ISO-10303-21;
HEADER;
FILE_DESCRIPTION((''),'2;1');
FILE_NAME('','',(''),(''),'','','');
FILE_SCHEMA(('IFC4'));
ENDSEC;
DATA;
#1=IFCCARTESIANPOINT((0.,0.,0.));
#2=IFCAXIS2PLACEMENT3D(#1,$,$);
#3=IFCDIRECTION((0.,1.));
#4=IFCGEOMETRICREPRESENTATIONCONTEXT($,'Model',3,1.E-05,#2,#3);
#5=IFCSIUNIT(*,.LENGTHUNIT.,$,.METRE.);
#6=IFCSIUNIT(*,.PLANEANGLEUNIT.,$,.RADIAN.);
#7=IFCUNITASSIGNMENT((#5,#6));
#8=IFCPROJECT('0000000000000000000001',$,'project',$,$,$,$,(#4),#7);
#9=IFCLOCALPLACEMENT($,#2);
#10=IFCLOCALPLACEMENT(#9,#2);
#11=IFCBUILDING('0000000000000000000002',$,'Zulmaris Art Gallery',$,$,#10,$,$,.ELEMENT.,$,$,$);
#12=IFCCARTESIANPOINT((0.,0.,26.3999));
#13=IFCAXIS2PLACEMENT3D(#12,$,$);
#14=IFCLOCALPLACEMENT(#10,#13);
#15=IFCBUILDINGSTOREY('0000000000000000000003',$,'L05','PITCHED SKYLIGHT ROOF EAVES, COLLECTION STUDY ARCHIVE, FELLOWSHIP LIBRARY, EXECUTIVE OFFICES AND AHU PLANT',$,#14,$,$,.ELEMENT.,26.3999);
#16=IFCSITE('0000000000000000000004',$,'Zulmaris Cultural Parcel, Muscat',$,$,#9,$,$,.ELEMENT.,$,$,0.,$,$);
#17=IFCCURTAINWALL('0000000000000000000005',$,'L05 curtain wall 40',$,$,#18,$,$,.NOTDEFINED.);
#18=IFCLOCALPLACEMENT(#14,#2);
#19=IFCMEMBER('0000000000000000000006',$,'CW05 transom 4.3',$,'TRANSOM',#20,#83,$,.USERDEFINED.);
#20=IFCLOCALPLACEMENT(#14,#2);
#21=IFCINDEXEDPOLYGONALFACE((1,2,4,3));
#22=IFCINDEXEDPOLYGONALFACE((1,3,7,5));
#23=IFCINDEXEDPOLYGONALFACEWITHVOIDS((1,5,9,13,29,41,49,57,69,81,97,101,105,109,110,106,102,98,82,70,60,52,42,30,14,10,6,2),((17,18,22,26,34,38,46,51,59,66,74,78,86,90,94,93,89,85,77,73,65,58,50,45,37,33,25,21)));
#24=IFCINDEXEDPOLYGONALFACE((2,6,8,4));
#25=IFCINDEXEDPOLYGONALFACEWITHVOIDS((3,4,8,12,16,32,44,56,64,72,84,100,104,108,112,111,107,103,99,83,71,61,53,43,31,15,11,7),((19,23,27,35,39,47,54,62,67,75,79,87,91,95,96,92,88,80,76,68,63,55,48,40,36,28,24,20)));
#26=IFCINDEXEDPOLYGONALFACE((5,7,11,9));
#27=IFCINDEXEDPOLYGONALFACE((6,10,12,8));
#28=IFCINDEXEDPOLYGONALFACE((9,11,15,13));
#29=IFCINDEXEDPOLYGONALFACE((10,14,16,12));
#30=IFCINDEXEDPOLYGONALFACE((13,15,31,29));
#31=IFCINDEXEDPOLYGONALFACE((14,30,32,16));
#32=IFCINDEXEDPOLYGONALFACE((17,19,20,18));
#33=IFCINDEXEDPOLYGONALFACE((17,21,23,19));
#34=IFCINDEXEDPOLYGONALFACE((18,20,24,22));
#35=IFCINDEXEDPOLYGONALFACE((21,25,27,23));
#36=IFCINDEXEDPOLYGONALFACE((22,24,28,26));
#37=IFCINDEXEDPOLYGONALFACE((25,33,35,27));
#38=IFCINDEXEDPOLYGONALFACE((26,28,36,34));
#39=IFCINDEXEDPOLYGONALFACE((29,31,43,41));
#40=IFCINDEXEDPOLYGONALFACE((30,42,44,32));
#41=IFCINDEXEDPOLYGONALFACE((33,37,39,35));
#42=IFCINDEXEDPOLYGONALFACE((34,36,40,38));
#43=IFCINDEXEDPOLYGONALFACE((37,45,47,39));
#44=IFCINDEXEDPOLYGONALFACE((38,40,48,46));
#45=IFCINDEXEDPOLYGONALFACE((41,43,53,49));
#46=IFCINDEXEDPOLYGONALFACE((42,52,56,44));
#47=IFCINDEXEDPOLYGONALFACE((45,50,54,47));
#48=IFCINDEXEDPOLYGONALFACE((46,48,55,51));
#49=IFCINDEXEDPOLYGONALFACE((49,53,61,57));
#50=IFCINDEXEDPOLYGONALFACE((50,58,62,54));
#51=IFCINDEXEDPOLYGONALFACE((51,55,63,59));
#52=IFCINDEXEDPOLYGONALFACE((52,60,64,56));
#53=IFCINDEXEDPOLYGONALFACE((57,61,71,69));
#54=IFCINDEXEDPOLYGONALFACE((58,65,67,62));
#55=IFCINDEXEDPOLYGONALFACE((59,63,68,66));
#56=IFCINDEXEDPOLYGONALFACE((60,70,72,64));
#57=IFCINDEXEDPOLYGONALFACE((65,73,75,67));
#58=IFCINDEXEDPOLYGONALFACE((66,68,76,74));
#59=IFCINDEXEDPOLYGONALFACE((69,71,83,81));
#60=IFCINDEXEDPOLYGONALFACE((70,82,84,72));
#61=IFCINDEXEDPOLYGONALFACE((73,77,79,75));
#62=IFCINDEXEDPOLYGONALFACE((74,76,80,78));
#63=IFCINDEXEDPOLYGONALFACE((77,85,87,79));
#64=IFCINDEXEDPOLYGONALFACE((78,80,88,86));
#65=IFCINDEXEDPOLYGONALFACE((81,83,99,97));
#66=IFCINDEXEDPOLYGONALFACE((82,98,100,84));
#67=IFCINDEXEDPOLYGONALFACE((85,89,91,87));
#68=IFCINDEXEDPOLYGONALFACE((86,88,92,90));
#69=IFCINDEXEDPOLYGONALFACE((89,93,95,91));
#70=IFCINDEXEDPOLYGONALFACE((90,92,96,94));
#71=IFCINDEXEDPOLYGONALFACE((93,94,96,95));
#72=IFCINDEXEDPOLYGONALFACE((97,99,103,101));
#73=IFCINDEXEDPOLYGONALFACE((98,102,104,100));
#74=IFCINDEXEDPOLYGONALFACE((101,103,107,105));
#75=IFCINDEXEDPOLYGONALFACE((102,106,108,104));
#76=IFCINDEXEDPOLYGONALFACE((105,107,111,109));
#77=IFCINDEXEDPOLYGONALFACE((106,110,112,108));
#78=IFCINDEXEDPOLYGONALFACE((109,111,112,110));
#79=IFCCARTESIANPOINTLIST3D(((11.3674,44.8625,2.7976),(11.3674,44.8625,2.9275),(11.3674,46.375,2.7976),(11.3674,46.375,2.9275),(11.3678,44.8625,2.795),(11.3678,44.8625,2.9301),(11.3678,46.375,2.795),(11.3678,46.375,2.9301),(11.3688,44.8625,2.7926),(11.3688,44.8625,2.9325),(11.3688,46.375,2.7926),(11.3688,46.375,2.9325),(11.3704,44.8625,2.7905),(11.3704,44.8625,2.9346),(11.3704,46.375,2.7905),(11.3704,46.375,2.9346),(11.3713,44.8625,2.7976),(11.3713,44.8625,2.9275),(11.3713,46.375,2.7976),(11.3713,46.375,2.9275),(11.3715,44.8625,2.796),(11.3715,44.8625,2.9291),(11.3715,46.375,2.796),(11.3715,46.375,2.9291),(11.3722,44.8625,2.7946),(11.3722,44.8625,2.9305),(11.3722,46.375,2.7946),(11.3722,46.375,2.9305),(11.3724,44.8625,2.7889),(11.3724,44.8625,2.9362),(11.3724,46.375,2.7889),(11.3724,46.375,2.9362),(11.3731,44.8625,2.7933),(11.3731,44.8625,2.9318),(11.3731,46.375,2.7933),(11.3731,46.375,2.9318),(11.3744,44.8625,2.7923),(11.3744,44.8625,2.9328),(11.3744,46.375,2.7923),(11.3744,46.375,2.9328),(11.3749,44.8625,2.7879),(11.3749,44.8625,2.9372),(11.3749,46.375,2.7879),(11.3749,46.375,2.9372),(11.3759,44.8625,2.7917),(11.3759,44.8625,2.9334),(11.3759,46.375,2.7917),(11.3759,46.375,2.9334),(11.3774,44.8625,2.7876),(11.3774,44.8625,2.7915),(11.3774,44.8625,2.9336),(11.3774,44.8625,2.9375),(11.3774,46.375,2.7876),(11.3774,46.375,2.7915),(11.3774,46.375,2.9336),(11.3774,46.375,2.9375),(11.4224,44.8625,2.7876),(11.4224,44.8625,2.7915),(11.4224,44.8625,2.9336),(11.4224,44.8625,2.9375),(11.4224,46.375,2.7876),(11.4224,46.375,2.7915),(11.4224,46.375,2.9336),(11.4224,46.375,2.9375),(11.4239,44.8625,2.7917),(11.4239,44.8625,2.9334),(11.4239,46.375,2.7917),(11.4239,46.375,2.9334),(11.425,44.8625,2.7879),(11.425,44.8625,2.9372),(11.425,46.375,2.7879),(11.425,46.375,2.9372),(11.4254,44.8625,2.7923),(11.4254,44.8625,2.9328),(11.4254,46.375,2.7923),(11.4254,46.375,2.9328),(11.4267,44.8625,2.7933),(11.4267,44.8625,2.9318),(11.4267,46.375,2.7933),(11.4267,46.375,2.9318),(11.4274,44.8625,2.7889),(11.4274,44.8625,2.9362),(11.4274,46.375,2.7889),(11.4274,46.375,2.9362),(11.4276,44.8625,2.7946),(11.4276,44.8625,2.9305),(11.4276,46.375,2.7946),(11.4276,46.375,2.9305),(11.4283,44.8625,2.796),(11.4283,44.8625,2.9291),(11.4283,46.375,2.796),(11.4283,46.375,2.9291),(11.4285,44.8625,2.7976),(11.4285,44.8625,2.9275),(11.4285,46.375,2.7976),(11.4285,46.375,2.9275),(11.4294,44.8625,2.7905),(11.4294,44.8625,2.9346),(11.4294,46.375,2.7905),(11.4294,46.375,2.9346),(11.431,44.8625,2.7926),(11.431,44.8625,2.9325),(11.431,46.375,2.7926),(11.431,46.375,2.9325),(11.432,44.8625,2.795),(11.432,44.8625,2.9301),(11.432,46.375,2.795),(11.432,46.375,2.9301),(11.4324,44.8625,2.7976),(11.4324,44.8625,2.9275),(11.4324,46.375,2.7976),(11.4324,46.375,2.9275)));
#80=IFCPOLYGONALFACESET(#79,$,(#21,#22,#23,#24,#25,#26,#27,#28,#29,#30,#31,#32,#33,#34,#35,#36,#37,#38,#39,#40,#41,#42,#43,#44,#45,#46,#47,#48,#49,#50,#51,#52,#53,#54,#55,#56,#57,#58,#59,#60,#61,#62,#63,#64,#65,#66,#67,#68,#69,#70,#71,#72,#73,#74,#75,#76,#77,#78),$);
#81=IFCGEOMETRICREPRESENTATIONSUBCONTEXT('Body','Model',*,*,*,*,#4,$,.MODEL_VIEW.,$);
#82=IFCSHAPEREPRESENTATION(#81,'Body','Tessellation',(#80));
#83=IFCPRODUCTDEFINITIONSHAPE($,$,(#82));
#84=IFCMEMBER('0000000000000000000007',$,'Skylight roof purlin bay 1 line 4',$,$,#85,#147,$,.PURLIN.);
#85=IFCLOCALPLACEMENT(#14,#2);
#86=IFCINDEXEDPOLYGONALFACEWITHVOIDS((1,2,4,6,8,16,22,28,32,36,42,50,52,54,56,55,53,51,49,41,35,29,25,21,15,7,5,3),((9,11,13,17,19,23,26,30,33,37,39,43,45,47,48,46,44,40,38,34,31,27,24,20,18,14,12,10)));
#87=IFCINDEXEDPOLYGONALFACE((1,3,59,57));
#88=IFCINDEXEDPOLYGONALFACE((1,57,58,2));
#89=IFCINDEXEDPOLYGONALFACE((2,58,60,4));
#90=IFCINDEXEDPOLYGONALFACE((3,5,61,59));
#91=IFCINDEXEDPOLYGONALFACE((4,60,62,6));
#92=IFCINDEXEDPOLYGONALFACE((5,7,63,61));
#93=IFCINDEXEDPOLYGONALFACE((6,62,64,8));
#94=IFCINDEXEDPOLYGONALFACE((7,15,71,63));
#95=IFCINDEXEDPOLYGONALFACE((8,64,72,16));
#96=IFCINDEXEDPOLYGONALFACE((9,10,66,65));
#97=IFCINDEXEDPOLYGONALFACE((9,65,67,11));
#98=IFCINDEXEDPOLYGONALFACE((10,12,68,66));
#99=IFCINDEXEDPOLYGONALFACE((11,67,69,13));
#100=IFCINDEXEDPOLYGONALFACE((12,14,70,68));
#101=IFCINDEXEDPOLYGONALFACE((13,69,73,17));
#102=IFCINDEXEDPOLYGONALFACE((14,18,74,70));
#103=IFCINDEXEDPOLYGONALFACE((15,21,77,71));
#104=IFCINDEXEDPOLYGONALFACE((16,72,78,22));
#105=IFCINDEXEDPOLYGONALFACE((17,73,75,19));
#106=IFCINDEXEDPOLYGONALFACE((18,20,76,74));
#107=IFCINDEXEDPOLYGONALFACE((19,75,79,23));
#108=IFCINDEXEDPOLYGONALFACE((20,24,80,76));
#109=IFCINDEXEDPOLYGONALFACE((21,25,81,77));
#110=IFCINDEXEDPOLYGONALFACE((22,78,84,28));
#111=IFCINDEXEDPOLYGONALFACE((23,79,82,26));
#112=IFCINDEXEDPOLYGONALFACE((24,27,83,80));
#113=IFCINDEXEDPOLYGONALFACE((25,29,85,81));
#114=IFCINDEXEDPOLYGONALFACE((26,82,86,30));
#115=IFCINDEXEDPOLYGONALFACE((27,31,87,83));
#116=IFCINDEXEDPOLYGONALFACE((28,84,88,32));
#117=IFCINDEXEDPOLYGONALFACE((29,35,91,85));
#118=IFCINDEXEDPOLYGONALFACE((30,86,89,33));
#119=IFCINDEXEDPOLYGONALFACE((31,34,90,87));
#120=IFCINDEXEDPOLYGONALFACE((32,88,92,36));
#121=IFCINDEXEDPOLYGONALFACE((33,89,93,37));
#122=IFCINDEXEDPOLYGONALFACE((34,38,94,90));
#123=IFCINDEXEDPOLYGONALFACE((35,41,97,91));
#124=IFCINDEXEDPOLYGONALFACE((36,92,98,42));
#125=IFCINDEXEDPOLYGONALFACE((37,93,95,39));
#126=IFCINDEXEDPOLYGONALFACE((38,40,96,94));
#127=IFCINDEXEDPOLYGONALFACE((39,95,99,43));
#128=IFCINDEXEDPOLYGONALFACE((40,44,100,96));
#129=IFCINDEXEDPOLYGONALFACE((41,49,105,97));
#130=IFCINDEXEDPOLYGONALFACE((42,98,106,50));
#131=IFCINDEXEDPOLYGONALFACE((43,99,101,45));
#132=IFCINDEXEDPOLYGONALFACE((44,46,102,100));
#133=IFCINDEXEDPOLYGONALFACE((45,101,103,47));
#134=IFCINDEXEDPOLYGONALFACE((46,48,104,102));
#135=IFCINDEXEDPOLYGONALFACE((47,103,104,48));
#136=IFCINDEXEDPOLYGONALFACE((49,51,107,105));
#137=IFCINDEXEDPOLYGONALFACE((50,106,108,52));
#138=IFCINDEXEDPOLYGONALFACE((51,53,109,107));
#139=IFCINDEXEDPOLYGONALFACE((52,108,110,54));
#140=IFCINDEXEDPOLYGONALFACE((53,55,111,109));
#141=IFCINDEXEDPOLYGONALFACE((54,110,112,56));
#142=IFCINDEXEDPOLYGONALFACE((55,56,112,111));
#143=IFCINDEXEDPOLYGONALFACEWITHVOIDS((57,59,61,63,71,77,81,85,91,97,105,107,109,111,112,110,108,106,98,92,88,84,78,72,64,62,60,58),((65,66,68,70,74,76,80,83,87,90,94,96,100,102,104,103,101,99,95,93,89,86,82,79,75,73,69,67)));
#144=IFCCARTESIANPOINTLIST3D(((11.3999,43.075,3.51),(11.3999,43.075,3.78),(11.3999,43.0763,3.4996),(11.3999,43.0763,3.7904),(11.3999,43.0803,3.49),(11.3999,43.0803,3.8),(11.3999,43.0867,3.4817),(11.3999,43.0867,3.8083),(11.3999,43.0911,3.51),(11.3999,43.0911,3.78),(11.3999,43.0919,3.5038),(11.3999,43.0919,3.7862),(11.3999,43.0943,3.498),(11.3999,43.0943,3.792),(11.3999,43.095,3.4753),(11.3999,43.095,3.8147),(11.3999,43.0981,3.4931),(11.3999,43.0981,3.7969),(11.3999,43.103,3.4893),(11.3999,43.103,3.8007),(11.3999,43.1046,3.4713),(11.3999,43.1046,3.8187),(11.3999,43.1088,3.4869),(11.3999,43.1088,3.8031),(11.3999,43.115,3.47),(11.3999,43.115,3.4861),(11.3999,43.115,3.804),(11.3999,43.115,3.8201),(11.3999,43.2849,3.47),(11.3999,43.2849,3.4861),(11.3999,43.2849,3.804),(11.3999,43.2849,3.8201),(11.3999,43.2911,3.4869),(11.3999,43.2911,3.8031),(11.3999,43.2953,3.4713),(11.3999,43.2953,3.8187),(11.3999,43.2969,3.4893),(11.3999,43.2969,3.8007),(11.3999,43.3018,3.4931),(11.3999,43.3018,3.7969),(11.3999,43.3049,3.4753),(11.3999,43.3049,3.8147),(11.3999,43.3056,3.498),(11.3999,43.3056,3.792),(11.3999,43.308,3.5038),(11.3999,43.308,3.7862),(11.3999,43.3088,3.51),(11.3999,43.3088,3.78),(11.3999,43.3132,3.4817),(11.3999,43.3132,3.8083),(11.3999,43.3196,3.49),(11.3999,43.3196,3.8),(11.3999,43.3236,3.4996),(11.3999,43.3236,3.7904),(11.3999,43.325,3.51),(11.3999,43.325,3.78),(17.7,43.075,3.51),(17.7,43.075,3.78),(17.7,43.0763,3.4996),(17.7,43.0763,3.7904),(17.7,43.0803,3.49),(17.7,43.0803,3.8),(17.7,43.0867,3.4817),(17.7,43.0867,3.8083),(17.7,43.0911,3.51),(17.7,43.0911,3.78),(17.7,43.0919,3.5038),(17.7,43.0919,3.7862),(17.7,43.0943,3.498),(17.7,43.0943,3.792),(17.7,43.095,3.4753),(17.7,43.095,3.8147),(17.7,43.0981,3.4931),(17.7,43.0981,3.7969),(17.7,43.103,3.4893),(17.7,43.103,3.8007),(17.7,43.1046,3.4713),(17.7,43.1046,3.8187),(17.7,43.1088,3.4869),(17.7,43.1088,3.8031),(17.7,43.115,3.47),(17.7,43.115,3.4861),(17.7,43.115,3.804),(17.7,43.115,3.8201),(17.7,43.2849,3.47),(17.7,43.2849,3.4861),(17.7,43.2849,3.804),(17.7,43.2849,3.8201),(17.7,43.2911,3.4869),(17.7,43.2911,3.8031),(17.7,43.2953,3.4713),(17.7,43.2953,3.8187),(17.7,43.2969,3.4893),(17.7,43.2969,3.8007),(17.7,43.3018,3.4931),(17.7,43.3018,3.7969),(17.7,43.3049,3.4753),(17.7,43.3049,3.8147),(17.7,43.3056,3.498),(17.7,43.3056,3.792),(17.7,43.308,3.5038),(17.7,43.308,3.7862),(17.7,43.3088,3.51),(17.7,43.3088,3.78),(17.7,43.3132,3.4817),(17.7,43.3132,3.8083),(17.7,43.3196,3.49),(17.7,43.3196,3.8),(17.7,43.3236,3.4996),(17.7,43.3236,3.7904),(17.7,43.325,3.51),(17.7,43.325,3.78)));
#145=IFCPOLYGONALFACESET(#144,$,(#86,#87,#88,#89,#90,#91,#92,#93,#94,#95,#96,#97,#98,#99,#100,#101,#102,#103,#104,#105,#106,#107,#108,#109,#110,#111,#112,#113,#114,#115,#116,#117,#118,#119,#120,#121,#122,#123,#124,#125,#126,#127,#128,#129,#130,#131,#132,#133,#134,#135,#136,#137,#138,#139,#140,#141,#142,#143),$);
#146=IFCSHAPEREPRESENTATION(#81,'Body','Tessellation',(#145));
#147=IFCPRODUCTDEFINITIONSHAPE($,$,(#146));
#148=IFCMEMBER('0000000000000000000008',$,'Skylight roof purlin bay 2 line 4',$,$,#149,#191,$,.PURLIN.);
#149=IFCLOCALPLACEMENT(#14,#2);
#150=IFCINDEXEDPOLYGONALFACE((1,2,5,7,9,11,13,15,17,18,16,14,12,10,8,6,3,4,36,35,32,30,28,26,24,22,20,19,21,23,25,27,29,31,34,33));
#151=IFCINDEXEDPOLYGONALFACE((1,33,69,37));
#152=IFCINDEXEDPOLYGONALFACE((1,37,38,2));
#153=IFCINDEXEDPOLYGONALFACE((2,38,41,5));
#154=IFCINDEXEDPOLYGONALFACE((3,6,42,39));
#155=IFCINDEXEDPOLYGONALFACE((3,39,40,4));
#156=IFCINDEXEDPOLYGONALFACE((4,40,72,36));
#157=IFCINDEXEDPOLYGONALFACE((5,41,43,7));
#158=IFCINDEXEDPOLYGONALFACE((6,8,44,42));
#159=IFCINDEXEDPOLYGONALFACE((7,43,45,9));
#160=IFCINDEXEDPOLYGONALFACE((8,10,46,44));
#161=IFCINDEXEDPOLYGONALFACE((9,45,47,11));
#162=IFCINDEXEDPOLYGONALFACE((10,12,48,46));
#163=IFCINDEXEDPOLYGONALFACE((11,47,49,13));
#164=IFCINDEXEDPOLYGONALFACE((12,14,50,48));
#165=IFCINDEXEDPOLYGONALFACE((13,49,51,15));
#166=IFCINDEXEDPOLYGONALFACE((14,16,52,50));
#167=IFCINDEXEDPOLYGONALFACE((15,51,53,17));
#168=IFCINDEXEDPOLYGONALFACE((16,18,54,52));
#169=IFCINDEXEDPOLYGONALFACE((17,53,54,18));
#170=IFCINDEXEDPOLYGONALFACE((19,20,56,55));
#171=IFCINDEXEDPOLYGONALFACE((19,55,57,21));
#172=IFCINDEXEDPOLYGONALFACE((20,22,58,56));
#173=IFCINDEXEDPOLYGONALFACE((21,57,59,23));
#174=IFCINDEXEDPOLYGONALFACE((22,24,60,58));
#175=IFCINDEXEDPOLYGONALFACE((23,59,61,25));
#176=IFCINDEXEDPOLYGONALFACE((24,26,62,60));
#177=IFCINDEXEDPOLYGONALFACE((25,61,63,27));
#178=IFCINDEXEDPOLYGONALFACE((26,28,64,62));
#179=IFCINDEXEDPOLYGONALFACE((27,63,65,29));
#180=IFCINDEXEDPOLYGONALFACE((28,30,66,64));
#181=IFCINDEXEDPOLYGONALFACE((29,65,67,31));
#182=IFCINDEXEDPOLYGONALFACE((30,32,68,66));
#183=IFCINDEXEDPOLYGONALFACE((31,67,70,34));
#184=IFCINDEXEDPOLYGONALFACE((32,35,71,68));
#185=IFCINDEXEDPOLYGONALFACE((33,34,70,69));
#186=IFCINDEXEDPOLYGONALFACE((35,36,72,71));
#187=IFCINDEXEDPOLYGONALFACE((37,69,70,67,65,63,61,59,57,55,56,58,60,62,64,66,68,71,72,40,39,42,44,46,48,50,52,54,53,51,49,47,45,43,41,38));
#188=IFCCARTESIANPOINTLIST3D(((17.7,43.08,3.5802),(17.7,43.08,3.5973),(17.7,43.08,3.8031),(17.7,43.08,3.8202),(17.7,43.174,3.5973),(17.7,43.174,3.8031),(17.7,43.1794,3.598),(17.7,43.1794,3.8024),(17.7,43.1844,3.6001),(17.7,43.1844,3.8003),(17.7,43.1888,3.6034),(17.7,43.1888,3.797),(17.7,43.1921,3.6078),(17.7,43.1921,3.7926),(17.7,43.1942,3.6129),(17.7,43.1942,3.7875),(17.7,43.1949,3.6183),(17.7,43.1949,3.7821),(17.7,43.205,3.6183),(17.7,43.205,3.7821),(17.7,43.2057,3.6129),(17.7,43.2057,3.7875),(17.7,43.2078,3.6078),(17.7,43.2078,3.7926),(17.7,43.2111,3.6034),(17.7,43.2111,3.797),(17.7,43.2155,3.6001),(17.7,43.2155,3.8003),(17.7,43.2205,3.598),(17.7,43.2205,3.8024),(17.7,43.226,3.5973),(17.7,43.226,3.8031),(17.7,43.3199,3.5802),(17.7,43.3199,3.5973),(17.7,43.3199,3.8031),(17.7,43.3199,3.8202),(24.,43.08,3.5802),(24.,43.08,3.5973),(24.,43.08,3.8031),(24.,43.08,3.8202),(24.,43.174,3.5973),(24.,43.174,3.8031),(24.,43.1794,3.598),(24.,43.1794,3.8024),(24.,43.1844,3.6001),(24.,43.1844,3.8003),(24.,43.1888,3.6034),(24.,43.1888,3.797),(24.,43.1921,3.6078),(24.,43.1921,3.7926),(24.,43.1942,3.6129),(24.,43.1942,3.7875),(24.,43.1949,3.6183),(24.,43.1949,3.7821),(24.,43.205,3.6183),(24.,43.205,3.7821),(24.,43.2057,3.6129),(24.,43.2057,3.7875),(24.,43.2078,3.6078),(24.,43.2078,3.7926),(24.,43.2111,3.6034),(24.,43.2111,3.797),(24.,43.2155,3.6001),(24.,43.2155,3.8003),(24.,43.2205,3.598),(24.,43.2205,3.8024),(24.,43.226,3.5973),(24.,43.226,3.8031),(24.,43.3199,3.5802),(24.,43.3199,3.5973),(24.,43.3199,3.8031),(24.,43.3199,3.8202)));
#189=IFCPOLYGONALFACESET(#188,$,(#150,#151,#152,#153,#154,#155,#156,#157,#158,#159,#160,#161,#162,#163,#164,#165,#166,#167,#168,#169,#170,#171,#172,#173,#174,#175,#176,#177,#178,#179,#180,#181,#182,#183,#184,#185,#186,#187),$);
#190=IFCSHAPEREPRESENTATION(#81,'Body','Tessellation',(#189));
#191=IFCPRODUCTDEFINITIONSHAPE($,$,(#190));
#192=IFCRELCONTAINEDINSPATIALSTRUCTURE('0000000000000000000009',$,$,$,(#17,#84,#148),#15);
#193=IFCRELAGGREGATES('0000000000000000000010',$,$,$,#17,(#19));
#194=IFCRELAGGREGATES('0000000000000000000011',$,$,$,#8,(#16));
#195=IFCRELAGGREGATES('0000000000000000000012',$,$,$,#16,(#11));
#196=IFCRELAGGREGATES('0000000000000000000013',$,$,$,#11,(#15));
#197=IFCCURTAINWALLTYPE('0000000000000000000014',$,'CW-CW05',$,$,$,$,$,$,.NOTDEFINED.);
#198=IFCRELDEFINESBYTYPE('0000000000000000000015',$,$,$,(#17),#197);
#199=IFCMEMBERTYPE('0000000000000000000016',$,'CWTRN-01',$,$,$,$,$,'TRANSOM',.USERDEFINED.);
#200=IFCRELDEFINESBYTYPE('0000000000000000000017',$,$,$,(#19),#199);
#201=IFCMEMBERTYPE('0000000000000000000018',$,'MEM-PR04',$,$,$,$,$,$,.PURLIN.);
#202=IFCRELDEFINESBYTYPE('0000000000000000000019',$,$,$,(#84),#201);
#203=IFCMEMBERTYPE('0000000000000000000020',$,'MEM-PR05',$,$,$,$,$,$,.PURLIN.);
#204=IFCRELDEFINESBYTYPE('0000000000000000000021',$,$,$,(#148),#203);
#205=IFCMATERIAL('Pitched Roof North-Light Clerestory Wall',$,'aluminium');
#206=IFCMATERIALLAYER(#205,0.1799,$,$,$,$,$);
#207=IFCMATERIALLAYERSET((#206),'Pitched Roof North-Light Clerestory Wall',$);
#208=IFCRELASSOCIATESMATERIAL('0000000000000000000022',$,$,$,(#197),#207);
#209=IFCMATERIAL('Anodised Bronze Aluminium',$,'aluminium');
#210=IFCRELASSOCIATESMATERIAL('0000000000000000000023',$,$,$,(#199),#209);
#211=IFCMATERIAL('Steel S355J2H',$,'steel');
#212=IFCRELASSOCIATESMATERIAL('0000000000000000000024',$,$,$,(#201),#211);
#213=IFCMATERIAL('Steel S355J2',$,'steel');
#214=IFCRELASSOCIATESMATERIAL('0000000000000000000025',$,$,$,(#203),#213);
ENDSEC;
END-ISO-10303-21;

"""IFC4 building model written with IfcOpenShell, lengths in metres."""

from ifc_helpers import new_model, si_unit, direction, frame, origin, origin_2d, place, context, subcontext, project, spatial, hollow_rectangle, i_section, extrude, material, layer, layer_set, material_profile, profile_set, type_object, element, aggregate, save


model = new_model("IFC4")

# Units and contexts
model_context = context("Model", 3, precision=1e-05, world=origin(), true_north=direction((0.0, 1.0)))
body_context = subcontext(model_context, "Body", "Model", "MODEL_VIEW")
ifc_project = project(units=[si_unit("LENGTHUNIT", "METRE"), si_unit("PLANEANGLEUNIT", "RADIAN")], contexts=[model_context])

# Site, building, storey
site_placement = place(None, origin())
site = spatial("IfcSite", under=ifc_project, at=site_placement, Name="Zulmaris Cultural Parcel, Muscat", CompositionType="ELEMENT", RefElevation=0.0)
building_placement = place(site_placement, origin())
building = spatial("IfcBuilding", under=site, at=building_placement, Name="Zulmaris Art Gallery", CompositionType="ELEMENT")
storey_placement = place(building_placement, frame((0.0, 0.0, 26.3999)))
storey = spatial("IfcBuildingStorey", under=building, at=storey_placement, Name="L05", Description="PITCHED SKYLIGHT ROOF EAVES, COLLECTION STUDY ARCHIVE, FELLOWSHIP LIBRARY, EXECUTIVE OFFICES AND AHU PLANT", CompositionType="ELEMENT", Elevation=26.3999)

# Curtain wall, member
ifc_material_1 = material(Name="Pitched Roof North-Light Clerestory Wall", Category="aluminium")
ifc_layer_1 = layer(ifc_material_1, 0.1799)
ifc_layer_set_1 = layer_set([ifc_layer_1], Name="Pitched Roof North-Light Clerestory Wall")
curtain_wall_type = type_object("IfcCurtainWallType", Name="CW-CW05", PredefinedType="NOTDEFINED", material=ifc_layer_set_1)
curtain_wall_placement = place(storey_placement, origin())
curtain_wall = element("IfcCurtainWall", 1, at=curtain_wall_placement, inside=storey, type_object=curtain_wall_type, Name="L05 curtain wall 40", PredefinedType="NOTDEFINED")
ifc_material_2 = material(Name="Anodised Bronze Aluminium", Category="aluminium")
ifc_material_profile_1 = material_profile(ifc_material_2, hollow_rectangle(XDim=0.0649, YDim=0.1499, WallThickness=0.0039, InnerFilletRadius=0.0061, OuterFilletRadius=0.01, at=origin_2d()), Name="ALU 65x150x4")
ifc_profile_set_1 = profile_set([ifc_material_profile_1], Name="Anodised Bronze Aluminium")
member_type_1 = type_object("IfcMemberType", Name="CWTRN-01", ElementType="TRANSOM", PredefinedType="USERDEFINED", material=ifc_profile_set_1)
member_1_placement = place(storey_placement, frame((11.3999, 44.8625, 2.8625), z_axis=(0.0, 1.0, 0.0), x_axis=(-1.0, 0.0, 0.0)))
member_1 = element("IfcMember", 2, at=member_1_placement, type_object=member_type_1, Name="CW05 transom 4.3", ObjectType="TRANSOM", PredefinedType="USERDEFINED", context=body_context, shape_type="SweptSolid", body=[
    extrude(hollow_rectangle(XDim=0.0649, YDim=0.1499, WallThickness=0.0039, InnerFilletRadius=0.0061, OuterFilletRadius=0.01, at=origin_2d()), origin(), (0.0, 0.0, 1.0), 1.5125),
])

# Members
ifc_material_3 = material(Name="Steel S355J2H", Category="steel")
ifc_material_profile_2 = material_profile(ifc_material_3, hollow_rectangle(XDim=0.25, YDim=0.3501, WallThickness=0.0161, InnerFilletRadius=0.0239, OuterFilletRadius=0.04, at=origin_2d()), Name="RHS 350x250x16")
ifc_profile_set_2 = profile_set([ifc_material_profile_2], Name="Steel S355J2H")
member_type_2 = type_object("IfcMemberType", Name="MEM-PR04", PredefinedType="PURLIN", material=ifc_profile_set_2)
member_2_placement = place(storey_placement, frame((11.3999, 43.2, 3.645), z_axis=(1.0, 0.0, 0.0), x_axis=(0.0, 1.0, 0.0)))
element("IfcMember", 3, at=member_2_placement, inside=storey, type_object=member_type_2, Name="Skylight roof purlin bay 1 line 4", PredefinedType="PURLIN", context=body_context, shape_type="SweptSolid", body=[
    extrude(hollow_rectangle(XDim=0.25, YDim=0.3501, WallThickness=0.0161, InnerFilletRadius=0.0239, OuterFilletRadius=0.04, at=origin_2d()), origin(), (0.0, 0.0, 1.0), 6.3),
])
ifc_material_4 = material(Name="Steel S355J2", Category="steel")
ifc_material_profile_3 = material_profile(ifc_material_4, i_section(OverallWidth=0.24, OverallDepth=0.24, WebThickness=0.01, FlangeThickness=0.0171, FilletRadius=0.021, at=origin_2d()), Name="HEB 240")
ifc_profile_set_3 = profile_set([ifc_material_profile_3], Name="Steel S355J2")
member_type_3 = type_object("IfcMemberType", Name="MEM-PR05", PredefinedType="PURLIN", material=ifc_profile_set_3)
member_3_placement = place(storey_placement, frame((17.7, 43.2, 3.7002), z_axis=(1.0, 0.0, 0.0), x_axis=(0.0, 1.0, 0.0)))
element("IfcMember", 4, at=member_3_placement, inside=storey, type_object=member_type_3, Name="Skylight roof purlin bay 2 line 4", PredefinedType="PURLIN", context=body_context, shape_type="SweptSolid", body=[
    extrude(i_section(OverallWidth=0.24, OverallDepth=0.24, WebThickness=0.01, FlangeThickness=0.0171, FilletRadius=0.021, at=origin_2d()), origin(), (0.0, 0.0, 1.0), 6.3),
])

aggregate(curtain_wall, [member_1])

save(model, "model.ifc")
